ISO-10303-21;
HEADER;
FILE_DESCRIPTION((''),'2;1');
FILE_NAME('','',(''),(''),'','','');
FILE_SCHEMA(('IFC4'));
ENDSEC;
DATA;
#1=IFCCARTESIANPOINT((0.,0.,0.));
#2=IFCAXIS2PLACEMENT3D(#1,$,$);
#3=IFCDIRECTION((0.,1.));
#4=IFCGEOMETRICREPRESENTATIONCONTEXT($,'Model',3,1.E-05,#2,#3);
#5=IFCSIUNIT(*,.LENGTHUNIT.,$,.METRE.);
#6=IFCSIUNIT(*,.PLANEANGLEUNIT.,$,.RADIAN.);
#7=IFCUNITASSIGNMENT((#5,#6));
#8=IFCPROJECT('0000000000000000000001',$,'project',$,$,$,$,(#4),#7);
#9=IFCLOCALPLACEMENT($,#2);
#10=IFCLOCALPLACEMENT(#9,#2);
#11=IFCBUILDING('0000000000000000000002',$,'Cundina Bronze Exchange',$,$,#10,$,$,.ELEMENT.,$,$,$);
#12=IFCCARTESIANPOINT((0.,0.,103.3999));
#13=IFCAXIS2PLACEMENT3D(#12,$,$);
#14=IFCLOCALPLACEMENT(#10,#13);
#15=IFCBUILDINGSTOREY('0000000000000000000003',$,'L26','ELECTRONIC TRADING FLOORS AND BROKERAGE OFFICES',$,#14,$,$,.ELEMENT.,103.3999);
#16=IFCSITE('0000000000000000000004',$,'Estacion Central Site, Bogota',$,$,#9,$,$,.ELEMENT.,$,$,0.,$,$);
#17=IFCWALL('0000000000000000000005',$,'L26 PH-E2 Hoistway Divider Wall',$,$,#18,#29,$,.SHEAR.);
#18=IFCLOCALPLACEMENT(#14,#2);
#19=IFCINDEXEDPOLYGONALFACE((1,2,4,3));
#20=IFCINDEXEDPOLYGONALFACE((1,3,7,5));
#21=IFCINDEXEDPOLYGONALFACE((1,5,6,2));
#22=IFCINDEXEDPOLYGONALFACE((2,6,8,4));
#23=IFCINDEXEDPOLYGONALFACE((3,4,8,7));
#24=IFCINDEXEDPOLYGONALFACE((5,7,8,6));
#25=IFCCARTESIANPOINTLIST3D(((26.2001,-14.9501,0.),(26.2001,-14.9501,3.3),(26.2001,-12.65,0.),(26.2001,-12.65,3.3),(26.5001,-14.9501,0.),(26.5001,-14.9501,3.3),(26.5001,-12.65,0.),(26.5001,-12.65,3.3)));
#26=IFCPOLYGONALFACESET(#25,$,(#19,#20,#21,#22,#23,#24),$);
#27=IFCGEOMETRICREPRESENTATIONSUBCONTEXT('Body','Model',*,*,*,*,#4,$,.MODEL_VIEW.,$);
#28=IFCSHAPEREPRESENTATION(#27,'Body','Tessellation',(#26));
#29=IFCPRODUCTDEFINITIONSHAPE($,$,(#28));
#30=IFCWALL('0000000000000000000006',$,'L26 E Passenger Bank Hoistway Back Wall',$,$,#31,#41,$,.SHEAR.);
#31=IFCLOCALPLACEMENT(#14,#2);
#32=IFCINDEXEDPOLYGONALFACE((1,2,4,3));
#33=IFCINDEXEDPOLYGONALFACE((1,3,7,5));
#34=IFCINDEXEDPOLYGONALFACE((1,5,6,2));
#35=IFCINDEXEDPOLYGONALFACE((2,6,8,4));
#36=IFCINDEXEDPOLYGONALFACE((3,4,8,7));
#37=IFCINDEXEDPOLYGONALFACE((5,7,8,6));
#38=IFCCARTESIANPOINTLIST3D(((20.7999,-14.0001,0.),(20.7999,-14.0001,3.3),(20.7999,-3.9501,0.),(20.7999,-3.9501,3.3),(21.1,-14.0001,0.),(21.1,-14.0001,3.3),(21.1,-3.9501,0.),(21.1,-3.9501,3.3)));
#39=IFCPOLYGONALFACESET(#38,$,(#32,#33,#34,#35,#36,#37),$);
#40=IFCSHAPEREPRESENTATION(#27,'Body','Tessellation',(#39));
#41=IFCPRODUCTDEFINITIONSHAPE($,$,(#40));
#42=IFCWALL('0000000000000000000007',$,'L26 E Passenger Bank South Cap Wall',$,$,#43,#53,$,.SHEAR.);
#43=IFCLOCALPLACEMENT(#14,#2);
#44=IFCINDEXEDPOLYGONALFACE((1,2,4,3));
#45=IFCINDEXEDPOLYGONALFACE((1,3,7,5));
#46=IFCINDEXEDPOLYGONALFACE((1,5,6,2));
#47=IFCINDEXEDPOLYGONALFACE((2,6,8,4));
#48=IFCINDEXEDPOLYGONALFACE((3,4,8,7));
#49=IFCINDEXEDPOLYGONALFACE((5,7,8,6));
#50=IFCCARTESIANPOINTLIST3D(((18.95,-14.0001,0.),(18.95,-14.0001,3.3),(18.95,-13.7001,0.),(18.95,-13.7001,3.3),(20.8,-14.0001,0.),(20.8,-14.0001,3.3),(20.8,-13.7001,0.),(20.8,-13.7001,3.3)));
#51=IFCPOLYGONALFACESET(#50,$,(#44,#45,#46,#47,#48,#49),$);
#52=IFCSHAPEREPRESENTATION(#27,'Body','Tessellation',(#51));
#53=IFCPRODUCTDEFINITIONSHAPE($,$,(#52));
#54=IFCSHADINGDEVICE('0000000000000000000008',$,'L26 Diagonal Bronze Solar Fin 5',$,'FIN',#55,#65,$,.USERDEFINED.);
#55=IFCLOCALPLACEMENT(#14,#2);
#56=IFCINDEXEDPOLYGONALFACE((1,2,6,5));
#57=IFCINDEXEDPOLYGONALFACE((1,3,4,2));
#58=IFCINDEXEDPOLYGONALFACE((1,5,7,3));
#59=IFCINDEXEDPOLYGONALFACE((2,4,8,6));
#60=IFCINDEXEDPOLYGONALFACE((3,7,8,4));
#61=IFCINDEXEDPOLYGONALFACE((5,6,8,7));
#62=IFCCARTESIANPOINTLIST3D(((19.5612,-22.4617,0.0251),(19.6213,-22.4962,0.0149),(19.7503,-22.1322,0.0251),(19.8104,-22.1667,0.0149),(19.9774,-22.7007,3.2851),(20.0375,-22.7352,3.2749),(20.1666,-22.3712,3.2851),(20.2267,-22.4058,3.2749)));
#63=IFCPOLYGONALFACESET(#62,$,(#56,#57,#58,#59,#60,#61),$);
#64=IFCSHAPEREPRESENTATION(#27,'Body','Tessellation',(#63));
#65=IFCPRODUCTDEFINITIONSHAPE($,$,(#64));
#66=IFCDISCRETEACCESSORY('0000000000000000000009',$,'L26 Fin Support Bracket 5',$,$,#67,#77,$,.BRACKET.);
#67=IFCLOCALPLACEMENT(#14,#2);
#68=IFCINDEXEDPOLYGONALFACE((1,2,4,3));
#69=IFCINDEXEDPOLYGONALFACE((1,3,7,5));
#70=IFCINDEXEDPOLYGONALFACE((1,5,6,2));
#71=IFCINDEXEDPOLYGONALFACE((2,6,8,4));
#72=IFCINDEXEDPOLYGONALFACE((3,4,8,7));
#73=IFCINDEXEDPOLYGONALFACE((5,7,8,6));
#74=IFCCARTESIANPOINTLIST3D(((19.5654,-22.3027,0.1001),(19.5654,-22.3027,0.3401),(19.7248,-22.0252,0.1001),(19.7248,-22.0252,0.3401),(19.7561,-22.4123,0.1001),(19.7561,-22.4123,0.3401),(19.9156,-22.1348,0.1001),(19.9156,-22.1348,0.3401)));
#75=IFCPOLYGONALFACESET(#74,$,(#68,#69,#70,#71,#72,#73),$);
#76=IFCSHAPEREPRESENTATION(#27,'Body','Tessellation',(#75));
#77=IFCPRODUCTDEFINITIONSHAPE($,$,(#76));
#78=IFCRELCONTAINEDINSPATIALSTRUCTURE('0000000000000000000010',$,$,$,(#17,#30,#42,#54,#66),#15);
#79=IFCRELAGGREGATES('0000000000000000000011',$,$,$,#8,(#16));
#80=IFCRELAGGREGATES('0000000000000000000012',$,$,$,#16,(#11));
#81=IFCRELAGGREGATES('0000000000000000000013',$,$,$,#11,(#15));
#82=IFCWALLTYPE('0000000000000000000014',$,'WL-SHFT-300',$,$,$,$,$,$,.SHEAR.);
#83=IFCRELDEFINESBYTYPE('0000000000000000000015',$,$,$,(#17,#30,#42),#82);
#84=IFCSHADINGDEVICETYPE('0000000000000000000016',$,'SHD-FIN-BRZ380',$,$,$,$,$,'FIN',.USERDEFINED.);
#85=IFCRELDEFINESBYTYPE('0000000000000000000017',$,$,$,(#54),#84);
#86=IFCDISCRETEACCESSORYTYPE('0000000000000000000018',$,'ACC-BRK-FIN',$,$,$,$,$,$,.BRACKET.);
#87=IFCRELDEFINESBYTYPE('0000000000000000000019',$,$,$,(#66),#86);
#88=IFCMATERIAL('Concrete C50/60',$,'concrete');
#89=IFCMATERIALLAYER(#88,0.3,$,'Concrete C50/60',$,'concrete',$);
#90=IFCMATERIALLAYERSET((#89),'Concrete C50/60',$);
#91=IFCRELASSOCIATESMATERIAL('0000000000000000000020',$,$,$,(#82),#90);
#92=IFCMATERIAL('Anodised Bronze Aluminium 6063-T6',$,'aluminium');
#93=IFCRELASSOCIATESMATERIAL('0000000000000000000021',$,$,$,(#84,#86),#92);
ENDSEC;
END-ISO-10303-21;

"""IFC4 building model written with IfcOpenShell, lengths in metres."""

from ifc_helpers import new_model, si_unit, direction, frame, frame_2d, origin, origin_2d, place, context, subcontext, project, spatial, rectangle, extrude, material, layer, layer_set, material_profile, profile_set, type_object, element, save


model = new_model("IFC4")

# Units and contexts
model_context = context("Model", 3, precision=1e-05, world=origin(), true_north=direction((0.0, 1.0)))
body_context = subcontext(model_context, "Body", "Model", "MODEL_VIEW")
ifc_project = project(units=[si_unit("LENGTHUNIT", "METRE"), si_unit("PLANEANGLEUNIT", "RADIAN")], contexts=[model_context])

# Site, building, storey
site_placement = place(None, origin())
site = spatial("IfcSite", under=ifc_project, at=site_placement, Name="Estacion Central Site, Bogota", CompositionType="ELEMENT", RefElevation=0.0)
building_placement = place(site_placement, origin())
building = spatial("IfcBuilding", under=site, at=building_placement, Name="Cundina Bronze Exchange", CompositionType="ELEMENT")
storey_placement = place(building_placement, frame((0.0, 0.0, 103.3999)))
storey = spatial("IfcBuildingStorey", under=building, at=storey_placement, Name="L26", Description="ELECTRONIC TRADING FLOORS AND BROKERAGE OFFICES", CompositionType="ELEMENT", Elevation=103.3999)

# Shared definitions
ifc_material_1 = material(Name="Anodised Bronze Aluminium 6063-T6", Category="aluminium")

# Walls
ifc_material_2 = material(Name="Concrete C50/60", Category="concrete")
ifc_layer_1 = layer(ifc_material_2, 0.3, Name="Concrete C50/60", Category="concrete")
ifc_layer_set_1 = layer_set([ifc_layer_1], Name="Concrete C50/60")
wall_type_1 = type_object("IfcWallType", Name="WL-SHFT-300", PredefinedType="SHEAR", material=ifc_layer_set_1)
wall_1_placement = place(storey_placement, frame((26.3501, -14.95, 0.0), z_axis=(0.0, 0.0, 1.0), x_axis=(0.0, 1.0, 0.0)))
element("IfcWall", 1, at=wall_1_placement, inside=storey, type_object=wall_type_1, Name="L26 PH-E2 Hoistway Divider Wall", PredefinedType="SHEAR", context=body_context, shape_type="SweptSolid", body=[
    extrude(rectangle(XDim=2.3, YDim=0.3, at=frame_2d((1.1499, 0.0))), origin(), (0.0, 0.0, 1.0), 3.3),
])
wall_2_placement = place(storey_placement, frame((20.95, -14.0, 0.0), z_axis=(0.0, 0.0, 1.0), x_axis=(0.0, 1.0, 0.0)))
element("IfcWall", 2, at=wall_2_placement, inside=storey, type_object=wall_type_1, Name="L26 E Passenger Bank Hoistway Back Wall", PredefinedType="SHEAR", context=body_context, shape_type="SweptSolid", body=[
    extrude(rectangle(XDim=10.05, YDim=0.3, at=frame_2d((5.0249, 0.0))), origin(), (0.0, 0.0, 1.0), 3.3),
])
wall_3_placement = place(storey_placement, frame((18.95, -13.8501, 0.0), z_axis=(0.0, 0.0, 1.0), x_axis=(1.0, 0.0, 0.0)))
element("IfcWall", 3, at=wall_3_placement, inside=storey, type_object=wall_type_1, Name="L26 E Passenger Bank South Cap Wall", PredefinedType="SHEAR", context=body_context, shape_type="SweptSolid", body=[
    extrude(rectangle(XDim=1.8501, YDim=0.3, at=frame_2d((0.925, 0.0))), origin(), (0.0, 0.0, 1.0), 3.3),
])

# Shading device
ifc_material_profile_1 = material_profile(ifc_material_1, rectangle(XDim=0.0701, YDim=0.3799, at=origin_2d()), Name="FIN70X380", Category="aluminium")
ifc_profile_set_1 = profile_set([ifc_material_profile_1], Name="Anodised Bronze Aluminium 6063-T6")
shading_device_type = type_object("IfcShadingDeviceType", Name="SHD-FIN-BRZ380", ElementType="FIN", PredefinedType="USERDEFINED", material=ifc_profile_set_1)
shading_device_placement = place(storey_placement, frame((19.6858, -22.3142, 0.02), z_axis=(0.126325, -0.072535, 0.989333), x_axis=(-0.857958, 0.492634, 0.145668)))
element("IfcShadingDevice", 4, at=shading_device_placement, inside=storey, type_object=shading_device_type, Name="L26 Diagonal Bronze Solar Fin 5", ObjectType="FIN", PredefinedType="USERDEFINED", context=body_context, shape_type="SweptSolid", body=[
    extrude(rectangle(XDim=0.0701, YDim=0.3799, at=origin_2d()), origin(), (0.0, 0.0, 1.0), 3.2952),
])

# Discrete accessory
discrete_accessory_type = type_object("IfcDiscreteAccessoryType", Name="ACC-BRK-FIN", PredefinedType="BRACKET", material=ifc_material_1)
discrete_accessory_placement = place(storey_placement, frame((19.7405, -22.2188, 0.1001), z_axis=(0.0, 0.0, 1.0), x_axis=(0.867105, -0.498125, 0.0)))
element("IfcDiscreteAccessory", 5, at=discrete_accessory_placement, inside=storey, type_object=discrete_accessory_type, Name="L26 Fin Support Bracket 5", PredefinedType="BRACKET", context=body_context, shape_type="SweptSolid", body=[
    extrude(rectangle(XDim=0.22, YDim=0.3201, at=origin_2d()), origin(), (0.0, 0.0, 1.0), 0.24),
])

save(model, "model.ifc")
